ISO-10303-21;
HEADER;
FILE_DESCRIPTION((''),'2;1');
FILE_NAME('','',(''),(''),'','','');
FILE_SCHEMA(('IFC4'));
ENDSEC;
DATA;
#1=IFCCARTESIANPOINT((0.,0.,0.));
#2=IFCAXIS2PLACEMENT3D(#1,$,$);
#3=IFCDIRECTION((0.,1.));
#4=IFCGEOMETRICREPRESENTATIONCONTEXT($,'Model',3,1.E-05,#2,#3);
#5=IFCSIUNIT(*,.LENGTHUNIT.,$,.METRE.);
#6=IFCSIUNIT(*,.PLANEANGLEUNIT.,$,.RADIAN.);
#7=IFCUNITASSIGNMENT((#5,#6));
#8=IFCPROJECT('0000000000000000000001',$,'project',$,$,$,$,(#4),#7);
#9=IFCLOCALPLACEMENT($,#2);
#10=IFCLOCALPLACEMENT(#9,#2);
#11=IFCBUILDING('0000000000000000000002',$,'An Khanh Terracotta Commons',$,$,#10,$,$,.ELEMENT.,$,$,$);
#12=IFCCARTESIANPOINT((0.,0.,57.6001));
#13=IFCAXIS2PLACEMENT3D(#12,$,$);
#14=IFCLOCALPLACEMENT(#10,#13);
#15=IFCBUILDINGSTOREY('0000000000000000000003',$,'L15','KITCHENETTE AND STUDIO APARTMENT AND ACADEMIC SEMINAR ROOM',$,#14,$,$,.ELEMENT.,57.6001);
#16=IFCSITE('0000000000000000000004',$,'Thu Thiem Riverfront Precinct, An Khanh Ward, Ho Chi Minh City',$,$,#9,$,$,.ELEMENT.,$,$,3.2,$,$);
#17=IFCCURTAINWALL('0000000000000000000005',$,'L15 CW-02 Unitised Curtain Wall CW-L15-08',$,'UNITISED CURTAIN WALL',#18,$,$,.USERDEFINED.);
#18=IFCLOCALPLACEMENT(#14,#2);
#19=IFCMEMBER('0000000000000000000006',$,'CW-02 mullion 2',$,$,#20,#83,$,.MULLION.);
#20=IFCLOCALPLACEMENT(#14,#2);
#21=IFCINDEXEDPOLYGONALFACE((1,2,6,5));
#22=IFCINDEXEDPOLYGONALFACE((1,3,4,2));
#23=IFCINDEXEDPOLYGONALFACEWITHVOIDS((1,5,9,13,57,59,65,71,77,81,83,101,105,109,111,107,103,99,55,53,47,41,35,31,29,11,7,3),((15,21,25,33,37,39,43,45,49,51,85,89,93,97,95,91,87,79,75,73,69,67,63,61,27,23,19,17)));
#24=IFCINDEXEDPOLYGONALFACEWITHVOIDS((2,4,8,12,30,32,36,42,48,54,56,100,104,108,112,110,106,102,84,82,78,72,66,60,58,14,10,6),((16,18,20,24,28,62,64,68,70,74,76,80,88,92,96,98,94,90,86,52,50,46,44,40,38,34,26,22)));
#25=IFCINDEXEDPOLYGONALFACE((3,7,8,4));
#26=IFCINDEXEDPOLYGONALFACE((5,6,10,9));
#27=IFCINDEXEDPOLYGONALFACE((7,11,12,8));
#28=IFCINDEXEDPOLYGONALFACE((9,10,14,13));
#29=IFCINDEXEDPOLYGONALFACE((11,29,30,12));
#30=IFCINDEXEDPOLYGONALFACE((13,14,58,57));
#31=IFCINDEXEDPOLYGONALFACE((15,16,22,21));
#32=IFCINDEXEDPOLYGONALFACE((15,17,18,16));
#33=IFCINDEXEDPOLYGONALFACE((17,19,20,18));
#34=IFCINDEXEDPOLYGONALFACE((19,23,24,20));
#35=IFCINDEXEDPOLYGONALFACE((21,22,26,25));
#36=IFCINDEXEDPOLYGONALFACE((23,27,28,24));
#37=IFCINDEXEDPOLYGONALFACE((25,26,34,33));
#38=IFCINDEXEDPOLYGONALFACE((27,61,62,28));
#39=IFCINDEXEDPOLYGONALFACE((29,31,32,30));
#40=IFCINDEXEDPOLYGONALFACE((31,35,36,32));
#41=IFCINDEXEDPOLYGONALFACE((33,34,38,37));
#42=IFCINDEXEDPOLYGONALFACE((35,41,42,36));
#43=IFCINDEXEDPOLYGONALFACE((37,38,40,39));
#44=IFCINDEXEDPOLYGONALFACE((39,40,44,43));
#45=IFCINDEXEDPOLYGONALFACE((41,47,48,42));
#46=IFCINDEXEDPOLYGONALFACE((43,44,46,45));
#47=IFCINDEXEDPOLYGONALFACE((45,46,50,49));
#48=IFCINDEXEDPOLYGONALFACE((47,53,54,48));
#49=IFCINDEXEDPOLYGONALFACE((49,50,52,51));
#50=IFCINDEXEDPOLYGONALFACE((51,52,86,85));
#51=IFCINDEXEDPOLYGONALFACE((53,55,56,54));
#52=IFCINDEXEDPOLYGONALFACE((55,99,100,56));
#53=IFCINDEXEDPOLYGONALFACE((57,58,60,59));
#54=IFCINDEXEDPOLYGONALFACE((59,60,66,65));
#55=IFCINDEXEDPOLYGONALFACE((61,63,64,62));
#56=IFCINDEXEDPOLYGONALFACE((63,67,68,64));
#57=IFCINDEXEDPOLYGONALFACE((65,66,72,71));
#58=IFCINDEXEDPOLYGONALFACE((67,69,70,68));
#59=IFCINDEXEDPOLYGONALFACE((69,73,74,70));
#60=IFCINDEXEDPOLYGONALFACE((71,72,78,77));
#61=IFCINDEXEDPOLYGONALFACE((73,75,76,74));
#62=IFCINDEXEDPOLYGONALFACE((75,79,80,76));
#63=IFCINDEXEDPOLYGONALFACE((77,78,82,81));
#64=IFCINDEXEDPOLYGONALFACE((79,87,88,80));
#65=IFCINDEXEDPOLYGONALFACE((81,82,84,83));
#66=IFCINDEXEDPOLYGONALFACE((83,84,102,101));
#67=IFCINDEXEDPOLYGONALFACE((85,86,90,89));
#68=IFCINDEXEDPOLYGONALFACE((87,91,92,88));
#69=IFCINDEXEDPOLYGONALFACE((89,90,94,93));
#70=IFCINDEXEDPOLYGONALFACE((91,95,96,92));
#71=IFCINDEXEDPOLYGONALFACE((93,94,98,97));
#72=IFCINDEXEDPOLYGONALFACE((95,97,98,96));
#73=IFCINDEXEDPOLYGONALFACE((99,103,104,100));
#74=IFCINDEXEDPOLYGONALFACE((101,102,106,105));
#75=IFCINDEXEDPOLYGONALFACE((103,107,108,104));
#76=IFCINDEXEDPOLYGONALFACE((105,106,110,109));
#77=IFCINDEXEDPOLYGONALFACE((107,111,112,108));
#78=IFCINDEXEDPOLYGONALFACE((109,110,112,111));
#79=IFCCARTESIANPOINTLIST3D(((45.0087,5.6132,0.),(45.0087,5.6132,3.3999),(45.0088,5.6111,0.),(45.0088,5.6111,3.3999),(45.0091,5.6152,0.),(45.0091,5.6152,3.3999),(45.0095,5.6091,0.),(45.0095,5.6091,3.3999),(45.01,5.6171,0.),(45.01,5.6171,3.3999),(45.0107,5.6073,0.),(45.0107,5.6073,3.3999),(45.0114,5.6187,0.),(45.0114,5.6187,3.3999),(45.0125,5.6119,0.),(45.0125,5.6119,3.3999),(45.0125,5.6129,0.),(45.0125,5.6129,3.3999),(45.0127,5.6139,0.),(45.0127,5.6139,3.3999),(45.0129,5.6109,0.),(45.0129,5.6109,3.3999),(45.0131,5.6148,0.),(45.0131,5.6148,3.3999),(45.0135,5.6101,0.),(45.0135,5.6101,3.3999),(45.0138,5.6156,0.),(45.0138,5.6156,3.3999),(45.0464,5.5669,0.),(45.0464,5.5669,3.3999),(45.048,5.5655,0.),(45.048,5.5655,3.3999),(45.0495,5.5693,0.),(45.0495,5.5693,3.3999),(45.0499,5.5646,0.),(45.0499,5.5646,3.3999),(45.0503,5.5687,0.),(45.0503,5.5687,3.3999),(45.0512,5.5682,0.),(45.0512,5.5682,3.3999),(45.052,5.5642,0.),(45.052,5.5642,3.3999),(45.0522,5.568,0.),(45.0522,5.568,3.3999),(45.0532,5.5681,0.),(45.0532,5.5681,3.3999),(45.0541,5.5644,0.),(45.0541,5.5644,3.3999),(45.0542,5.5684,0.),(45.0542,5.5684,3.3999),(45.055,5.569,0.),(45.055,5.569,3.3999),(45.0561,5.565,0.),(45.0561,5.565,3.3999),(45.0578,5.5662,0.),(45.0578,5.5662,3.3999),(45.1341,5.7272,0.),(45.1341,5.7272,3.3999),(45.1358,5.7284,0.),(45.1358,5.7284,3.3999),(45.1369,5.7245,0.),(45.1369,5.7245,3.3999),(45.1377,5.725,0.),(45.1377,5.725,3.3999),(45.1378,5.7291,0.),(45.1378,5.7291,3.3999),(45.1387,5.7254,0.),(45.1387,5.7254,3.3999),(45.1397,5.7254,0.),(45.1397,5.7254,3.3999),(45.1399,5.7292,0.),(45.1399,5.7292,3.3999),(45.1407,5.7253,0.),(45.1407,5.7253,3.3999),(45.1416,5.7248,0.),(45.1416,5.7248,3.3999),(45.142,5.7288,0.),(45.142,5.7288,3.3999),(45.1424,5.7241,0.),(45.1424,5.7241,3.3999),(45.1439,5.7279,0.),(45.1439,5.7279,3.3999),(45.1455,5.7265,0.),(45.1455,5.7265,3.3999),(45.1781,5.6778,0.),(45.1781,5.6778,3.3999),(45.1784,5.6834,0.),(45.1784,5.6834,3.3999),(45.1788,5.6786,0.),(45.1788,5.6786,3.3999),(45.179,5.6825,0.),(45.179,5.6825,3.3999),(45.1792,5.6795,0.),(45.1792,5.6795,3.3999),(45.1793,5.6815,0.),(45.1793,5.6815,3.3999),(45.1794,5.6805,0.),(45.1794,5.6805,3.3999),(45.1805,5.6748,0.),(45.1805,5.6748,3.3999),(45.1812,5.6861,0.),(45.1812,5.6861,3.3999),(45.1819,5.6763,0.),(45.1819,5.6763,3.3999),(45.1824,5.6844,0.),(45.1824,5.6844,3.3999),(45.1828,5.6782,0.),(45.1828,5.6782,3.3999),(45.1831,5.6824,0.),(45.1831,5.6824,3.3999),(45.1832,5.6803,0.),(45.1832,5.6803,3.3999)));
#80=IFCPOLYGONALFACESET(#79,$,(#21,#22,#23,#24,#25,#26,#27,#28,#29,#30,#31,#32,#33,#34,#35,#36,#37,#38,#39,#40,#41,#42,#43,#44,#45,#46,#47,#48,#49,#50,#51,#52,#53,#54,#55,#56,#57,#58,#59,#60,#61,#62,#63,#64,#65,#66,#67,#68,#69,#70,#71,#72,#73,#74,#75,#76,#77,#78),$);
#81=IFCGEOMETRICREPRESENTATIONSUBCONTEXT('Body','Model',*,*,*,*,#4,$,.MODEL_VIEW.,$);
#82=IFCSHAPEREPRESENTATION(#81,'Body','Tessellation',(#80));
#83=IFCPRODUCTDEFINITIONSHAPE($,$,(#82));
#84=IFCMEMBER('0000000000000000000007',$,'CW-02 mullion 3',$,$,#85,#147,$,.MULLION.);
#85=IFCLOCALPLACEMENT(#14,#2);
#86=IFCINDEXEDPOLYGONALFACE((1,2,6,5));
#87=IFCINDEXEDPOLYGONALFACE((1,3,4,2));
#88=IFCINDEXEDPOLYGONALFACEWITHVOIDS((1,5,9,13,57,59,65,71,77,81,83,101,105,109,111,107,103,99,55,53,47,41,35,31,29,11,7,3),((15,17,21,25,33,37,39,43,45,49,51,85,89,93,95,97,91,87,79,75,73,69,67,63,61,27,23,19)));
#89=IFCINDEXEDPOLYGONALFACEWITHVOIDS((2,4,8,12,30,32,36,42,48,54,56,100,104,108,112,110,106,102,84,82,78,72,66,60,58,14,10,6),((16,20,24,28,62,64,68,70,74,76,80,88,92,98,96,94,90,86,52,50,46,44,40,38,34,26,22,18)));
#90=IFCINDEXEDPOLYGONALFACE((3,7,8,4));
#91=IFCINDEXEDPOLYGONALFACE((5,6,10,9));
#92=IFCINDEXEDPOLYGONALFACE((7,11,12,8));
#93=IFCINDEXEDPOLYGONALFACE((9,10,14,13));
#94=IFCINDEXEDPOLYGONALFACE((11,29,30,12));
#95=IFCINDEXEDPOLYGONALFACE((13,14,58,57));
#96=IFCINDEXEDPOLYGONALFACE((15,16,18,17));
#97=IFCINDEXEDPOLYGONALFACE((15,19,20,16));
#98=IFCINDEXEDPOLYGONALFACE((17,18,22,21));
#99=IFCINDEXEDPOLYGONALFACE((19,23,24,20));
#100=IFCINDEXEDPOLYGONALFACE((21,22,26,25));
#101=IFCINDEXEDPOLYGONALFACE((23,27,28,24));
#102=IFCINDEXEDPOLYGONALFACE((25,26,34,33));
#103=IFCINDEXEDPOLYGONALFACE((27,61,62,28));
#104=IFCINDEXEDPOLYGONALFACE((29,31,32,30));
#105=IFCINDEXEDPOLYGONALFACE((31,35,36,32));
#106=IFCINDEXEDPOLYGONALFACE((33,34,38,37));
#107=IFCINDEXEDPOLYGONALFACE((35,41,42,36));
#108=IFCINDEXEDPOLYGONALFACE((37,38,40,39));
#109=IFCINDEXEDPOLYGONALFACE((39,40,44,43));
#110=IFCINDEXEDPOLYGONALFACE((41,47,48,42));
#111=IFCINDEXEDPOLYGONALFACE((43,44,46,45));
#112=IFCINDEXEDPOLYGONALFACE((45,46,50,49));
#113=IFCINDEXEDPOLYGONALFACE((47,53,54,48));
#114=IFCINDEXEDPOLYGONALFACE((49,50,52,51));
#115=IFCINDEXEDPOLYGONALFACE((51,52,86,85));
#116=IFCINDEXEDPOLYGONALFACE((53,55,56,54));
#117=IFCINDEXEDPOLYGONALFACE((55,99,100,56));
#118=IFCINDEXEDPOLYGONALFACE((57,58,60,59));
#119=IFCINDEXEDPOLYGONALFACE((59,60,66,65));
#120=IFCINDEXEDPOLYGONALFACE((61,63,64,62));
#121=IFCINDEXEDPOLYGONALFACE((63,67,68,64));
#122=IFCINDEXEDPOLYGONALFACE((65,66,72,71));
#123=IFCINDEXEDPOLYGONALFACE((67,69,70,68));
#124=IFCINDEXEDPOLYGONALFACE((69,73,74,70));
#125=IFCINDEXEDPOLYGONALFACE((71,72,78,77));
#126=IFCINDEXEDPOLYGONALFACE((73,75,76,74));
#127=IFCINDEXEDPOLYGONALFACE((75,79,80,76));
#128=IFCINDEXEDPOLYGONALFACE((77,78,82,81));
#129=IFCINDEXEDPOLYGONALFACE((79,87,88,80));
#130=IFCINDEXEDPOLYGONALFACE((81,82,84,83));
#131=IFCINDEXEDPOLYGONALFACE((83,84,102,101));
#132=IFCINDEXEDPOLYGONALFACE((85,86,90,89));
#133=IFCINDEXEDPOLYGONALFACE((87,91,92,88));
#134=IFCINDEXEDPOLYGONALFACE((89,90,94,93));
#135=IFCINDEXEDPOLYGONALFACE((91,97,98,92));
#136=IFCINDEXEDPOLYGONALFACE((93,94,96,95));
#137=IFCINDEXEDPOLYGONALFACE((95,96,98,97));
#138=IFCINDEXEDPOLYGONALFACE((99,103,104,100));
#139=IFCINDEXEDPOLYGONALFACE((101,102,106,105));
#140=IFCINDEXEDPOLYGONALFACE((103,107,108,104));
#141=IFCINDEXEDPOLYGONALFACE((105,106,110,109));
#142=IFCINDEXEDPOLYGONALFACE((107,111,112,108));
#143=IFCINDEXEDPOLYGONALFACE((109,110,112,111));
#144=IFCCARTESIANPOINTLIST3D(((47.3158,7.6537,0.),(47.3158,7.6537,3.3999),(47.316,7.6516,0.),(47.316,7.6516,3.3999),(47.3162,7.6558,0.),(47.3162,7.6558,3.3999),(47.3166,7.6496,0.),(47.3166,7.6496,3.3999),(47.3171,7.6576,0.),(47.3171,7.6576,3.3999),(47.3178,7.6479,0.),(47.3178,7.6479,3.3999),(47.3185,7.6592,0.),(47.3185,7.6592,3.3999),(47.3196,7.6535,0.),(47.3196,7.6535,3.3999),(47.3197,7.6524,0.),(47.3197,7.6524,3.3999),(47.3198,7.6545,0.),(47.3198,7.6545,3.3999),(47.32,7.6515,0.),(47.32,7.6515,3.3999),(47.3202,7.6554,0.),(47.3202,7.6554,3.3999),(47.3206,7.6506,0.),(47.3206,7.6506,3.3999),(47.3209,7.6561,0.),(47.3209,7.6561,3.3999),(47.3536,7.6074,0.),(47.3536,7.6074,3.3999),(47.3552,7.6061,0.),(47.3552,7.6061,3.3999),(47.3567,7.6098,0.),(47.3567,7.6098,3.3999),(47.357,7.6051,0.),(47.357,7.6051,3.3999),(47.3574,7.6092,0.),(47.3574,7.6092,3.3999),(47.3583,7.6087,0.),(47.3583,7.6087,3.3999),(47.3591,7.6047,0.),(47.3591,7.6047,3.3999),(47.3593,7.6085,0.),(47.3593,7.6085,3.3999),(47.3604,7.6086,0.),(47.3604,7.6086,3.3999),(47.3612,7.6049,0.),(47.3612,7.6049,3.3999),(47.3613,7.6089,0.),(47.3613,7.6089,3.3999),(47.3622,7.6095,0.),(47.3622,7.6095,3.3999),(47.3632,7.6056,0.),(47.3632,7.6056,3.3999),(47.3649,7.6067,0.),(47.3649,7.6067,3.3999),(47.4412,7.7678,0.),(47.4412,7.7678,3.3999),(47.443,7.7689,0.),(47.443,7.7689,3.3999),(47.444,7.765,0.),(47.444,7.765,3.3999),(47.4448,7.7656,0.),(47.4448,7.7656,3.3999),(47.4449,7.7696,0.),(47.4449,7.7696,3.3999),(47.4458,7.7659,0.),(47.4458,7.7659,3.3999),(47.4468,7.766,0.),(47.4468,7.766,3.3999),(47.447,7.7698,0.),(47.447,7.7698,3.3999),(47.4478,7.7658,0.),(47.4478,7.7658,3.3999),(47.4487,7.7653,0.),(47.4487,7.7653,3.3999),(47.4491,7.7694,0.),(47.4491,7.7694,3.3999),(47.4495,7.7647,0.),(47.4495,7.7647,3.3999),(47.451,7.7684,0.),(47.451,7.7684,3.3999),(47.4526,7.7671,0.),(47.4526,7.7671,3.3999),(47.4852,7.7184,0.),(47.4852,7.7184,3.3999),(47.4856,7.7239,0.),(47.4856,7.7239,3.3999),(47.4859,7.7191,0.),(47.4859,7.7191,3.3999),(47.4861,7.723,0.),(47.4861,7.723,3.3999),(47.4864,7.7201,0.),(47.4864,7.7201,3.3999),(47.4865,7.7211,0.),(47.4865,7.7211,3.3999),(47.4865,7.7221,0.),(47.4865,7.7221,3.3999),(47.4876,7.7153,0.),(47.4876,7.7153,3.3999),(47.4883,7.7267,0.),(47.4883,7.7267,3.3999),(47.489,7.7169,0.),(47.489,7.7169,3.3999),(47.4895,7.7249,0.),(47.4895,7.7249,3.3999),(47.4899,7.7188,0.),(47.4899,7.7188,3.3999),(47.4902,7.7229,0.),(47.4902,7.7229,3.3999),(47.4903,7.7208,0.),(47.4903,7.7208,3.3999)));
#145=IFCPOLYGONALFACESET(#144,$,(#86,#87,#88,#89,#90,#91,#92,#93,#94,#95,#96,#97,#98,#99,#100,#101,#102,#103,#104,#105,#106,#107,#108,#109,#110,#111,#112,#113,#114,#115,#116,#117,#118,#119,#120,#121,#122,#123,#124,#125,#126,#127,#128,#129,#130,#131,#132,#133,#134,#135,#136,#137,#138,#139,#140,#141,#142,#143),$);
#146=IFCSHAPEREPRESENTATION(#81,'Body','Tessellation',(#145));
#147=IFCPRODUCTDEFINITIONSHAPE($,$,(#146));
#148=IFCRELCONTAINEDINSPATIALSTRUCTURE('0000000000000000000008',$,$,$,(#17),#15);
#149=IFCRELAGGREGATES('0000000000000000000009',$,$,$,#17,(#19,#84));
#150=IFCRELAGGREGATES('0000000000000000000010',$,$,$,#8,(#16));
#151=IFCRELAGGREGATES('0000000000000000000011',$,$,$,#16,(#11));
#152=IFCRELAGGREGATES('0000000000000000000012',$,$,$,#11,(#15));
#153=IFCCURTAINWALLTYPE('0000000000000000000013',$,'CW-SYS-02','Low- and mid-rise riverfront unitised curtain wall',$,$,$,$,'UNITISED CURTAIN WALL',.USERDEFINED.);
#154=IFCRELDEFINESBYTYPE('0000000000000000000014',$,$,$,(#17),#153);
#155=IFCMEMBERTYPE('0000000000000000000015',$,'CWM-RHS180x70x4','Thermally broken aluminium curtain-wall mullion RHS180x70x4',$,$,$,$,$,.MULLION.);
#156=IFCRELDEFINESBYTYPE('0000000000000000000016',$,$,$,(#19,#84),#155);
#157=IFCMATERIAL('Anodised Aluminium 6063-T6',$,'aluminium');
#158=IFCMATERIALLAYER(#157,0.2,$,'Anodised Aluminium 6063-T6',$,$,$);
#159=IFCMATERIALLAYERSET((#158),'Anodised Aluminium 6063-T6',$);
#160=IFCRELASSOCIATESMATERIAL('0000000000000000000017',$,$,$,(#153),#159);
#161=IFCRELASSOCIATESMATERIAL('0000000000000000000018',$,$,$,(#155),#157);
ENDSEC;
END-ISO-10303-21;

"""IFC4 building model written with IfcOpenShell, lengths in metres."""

from ifc_helpers import new_model, si_unit, direction, frame, origin, origin_2d, place, context, subcontext, project, spatial, hollow_rectangle, extrude, material, layer, layer_set, material_profile, profile_set, type_object, element, aggregate, save


model = new_model("IFC4")

# Units and contexts
model_context = context("Model", 3, precision=1e-05, world=origin(), true_north=direction((0.0, 1.0)))
body_context = subcontext(model_context, "Body", "Model", "MODEL_VIEW")
ifc_project = project(units=[si_unit("LENGTHUNIT", "METRE"), si_unit("PLANEANGLEUNIT", "RADIAN")], contexts=[model_context])

# Site, building, storey
site_placement = place(None, origin())
site = spatial("IfcSite", under=ifc_project, at=site_placement, Name="Thu Thiem Riverfront Precinct, An Khanh Ward, Ho Chi Minh City", CompositionType="ELEMENT", RefElevation=3.2)
building_placement = place(site_placement, origin())
building = spatial("IfcBuilding", under=site, at=building_placement, Name="An Khanh Terracotta Commons", CompositionType="ELEMENT")
storey_placement = place(building_placement, frame((0.0, 0.0, 57.6001)))
storey = spatial("IfcBuildingStorey", under=building, at=storey_placement, Name="L15", Description="KITCHENETTE AND STUDIO APARTMENT AND ACADEMIC SEMINAR ROOM", CompositionType="ELEMENT", Elevation=57.6001)

# Curtain wall, members
ifc_material_1 = material(Name="Anodised Aluminium 6063-T6", Category="aluminium")
ifc_layer_1 = layer(ifc_material_1, 0.2, Name="Anodised Aluminium 6063-T6")
ifc_layer_set_1 = layer_set([ifc_layer_1], Name="Anodised Aluminium 6063-T6")
curtain_wall_type = type_object("IfcCurtainWallType", Name="CW-SYS-02", Description="Low- and mid-rise riverfront unitised curtain wall", ElementType="UNITISED CURTAIN WALL", PredefinedType="USERDEFINED", material=ifc_layer_set_1)
curtain_wall_placement = place(storey_placement, origin())
curtain_wall = element("IfcCurtainWall", 1, at=curtain_wall_placement, inside=storey, type_object=curtain_wall_type, Name="L15 CW-02 Unitised Curtain Wall CW-L15-08", ObjectType="UNITISED CURTAIN WALL", PredefinedType="USERDEFINED")
ifc_material_profile_1 = material_profile(ifc_material_1, hollow_rectangle(XDim=0.0701, YDim=0.1799, WallThickness=0.0039, InnerFilletRadius=0.0039, OuterFilletRadius=0.0081, at=origin_2d()), Name="RHS180x70x4")
ifc_profile_set_1 = profile_set([ifc_material_profile_1], Name="Anodised Aluminium 6063-T6")
member_type_1 = type_object("IfcMemberType", Name="CWM-RHS180x70x4", Description="Thermally broken aluminium curtain-wall mullion RHS180x70x4", PredefinedType="MULLION", material=ifc_profile_set_1)
member_1_placement = place(storey_placement, frame((45.0959, 5.6467, 0.0), z_axis=(0.0, 0.0, 1.0), x_axis=(-0.662548, 0.749019, 0.0)))
member_1 = element("IfcMember", 2, at=member_1_placement, type_object=member_type_1, Name="CW-02 mullion 2", PredefinedType="MULLION", context=body_context, shape_type="SweptSolid", body=[
    extrude(hollow_rectangle(XDim=0.0701, YDim=0.1799, WallThickness=0.0039, InnerFilletRadius=0.0039, OuterFilletRadius=0.0081, at=origin_2d()), origin(), (0.0, 0.0, 1.0), 3.3999),
])
member_2_placement = place(storey_placement, frame((47.4031, 7.6873, 0.0), z_axis=(0.0, 0.0, 1.0), x_axis=(-0.662548, 0.749019, 0.0)))
member_2 = element("IfcMember", 3, at=member_2_placement, type_object=member_type_1, Name="CW-02 mullion 3", PredefinedType="MULLION", context=body_context, shape_type="SweptSolid", body=[
    extrude(hollow_rectangle(XDim=0.0701, YDim=0.1799, WallThickness=0.0039, InnerFilletRadius=0.0039, OuterFilletRadius=0.0081, at=origin_2d()), origin(), (0.0, 0.0, 1.0), 3.3999),
])
aggregate(curtain_wall, [member_1, member_2])

save(model, "model.ifc")
